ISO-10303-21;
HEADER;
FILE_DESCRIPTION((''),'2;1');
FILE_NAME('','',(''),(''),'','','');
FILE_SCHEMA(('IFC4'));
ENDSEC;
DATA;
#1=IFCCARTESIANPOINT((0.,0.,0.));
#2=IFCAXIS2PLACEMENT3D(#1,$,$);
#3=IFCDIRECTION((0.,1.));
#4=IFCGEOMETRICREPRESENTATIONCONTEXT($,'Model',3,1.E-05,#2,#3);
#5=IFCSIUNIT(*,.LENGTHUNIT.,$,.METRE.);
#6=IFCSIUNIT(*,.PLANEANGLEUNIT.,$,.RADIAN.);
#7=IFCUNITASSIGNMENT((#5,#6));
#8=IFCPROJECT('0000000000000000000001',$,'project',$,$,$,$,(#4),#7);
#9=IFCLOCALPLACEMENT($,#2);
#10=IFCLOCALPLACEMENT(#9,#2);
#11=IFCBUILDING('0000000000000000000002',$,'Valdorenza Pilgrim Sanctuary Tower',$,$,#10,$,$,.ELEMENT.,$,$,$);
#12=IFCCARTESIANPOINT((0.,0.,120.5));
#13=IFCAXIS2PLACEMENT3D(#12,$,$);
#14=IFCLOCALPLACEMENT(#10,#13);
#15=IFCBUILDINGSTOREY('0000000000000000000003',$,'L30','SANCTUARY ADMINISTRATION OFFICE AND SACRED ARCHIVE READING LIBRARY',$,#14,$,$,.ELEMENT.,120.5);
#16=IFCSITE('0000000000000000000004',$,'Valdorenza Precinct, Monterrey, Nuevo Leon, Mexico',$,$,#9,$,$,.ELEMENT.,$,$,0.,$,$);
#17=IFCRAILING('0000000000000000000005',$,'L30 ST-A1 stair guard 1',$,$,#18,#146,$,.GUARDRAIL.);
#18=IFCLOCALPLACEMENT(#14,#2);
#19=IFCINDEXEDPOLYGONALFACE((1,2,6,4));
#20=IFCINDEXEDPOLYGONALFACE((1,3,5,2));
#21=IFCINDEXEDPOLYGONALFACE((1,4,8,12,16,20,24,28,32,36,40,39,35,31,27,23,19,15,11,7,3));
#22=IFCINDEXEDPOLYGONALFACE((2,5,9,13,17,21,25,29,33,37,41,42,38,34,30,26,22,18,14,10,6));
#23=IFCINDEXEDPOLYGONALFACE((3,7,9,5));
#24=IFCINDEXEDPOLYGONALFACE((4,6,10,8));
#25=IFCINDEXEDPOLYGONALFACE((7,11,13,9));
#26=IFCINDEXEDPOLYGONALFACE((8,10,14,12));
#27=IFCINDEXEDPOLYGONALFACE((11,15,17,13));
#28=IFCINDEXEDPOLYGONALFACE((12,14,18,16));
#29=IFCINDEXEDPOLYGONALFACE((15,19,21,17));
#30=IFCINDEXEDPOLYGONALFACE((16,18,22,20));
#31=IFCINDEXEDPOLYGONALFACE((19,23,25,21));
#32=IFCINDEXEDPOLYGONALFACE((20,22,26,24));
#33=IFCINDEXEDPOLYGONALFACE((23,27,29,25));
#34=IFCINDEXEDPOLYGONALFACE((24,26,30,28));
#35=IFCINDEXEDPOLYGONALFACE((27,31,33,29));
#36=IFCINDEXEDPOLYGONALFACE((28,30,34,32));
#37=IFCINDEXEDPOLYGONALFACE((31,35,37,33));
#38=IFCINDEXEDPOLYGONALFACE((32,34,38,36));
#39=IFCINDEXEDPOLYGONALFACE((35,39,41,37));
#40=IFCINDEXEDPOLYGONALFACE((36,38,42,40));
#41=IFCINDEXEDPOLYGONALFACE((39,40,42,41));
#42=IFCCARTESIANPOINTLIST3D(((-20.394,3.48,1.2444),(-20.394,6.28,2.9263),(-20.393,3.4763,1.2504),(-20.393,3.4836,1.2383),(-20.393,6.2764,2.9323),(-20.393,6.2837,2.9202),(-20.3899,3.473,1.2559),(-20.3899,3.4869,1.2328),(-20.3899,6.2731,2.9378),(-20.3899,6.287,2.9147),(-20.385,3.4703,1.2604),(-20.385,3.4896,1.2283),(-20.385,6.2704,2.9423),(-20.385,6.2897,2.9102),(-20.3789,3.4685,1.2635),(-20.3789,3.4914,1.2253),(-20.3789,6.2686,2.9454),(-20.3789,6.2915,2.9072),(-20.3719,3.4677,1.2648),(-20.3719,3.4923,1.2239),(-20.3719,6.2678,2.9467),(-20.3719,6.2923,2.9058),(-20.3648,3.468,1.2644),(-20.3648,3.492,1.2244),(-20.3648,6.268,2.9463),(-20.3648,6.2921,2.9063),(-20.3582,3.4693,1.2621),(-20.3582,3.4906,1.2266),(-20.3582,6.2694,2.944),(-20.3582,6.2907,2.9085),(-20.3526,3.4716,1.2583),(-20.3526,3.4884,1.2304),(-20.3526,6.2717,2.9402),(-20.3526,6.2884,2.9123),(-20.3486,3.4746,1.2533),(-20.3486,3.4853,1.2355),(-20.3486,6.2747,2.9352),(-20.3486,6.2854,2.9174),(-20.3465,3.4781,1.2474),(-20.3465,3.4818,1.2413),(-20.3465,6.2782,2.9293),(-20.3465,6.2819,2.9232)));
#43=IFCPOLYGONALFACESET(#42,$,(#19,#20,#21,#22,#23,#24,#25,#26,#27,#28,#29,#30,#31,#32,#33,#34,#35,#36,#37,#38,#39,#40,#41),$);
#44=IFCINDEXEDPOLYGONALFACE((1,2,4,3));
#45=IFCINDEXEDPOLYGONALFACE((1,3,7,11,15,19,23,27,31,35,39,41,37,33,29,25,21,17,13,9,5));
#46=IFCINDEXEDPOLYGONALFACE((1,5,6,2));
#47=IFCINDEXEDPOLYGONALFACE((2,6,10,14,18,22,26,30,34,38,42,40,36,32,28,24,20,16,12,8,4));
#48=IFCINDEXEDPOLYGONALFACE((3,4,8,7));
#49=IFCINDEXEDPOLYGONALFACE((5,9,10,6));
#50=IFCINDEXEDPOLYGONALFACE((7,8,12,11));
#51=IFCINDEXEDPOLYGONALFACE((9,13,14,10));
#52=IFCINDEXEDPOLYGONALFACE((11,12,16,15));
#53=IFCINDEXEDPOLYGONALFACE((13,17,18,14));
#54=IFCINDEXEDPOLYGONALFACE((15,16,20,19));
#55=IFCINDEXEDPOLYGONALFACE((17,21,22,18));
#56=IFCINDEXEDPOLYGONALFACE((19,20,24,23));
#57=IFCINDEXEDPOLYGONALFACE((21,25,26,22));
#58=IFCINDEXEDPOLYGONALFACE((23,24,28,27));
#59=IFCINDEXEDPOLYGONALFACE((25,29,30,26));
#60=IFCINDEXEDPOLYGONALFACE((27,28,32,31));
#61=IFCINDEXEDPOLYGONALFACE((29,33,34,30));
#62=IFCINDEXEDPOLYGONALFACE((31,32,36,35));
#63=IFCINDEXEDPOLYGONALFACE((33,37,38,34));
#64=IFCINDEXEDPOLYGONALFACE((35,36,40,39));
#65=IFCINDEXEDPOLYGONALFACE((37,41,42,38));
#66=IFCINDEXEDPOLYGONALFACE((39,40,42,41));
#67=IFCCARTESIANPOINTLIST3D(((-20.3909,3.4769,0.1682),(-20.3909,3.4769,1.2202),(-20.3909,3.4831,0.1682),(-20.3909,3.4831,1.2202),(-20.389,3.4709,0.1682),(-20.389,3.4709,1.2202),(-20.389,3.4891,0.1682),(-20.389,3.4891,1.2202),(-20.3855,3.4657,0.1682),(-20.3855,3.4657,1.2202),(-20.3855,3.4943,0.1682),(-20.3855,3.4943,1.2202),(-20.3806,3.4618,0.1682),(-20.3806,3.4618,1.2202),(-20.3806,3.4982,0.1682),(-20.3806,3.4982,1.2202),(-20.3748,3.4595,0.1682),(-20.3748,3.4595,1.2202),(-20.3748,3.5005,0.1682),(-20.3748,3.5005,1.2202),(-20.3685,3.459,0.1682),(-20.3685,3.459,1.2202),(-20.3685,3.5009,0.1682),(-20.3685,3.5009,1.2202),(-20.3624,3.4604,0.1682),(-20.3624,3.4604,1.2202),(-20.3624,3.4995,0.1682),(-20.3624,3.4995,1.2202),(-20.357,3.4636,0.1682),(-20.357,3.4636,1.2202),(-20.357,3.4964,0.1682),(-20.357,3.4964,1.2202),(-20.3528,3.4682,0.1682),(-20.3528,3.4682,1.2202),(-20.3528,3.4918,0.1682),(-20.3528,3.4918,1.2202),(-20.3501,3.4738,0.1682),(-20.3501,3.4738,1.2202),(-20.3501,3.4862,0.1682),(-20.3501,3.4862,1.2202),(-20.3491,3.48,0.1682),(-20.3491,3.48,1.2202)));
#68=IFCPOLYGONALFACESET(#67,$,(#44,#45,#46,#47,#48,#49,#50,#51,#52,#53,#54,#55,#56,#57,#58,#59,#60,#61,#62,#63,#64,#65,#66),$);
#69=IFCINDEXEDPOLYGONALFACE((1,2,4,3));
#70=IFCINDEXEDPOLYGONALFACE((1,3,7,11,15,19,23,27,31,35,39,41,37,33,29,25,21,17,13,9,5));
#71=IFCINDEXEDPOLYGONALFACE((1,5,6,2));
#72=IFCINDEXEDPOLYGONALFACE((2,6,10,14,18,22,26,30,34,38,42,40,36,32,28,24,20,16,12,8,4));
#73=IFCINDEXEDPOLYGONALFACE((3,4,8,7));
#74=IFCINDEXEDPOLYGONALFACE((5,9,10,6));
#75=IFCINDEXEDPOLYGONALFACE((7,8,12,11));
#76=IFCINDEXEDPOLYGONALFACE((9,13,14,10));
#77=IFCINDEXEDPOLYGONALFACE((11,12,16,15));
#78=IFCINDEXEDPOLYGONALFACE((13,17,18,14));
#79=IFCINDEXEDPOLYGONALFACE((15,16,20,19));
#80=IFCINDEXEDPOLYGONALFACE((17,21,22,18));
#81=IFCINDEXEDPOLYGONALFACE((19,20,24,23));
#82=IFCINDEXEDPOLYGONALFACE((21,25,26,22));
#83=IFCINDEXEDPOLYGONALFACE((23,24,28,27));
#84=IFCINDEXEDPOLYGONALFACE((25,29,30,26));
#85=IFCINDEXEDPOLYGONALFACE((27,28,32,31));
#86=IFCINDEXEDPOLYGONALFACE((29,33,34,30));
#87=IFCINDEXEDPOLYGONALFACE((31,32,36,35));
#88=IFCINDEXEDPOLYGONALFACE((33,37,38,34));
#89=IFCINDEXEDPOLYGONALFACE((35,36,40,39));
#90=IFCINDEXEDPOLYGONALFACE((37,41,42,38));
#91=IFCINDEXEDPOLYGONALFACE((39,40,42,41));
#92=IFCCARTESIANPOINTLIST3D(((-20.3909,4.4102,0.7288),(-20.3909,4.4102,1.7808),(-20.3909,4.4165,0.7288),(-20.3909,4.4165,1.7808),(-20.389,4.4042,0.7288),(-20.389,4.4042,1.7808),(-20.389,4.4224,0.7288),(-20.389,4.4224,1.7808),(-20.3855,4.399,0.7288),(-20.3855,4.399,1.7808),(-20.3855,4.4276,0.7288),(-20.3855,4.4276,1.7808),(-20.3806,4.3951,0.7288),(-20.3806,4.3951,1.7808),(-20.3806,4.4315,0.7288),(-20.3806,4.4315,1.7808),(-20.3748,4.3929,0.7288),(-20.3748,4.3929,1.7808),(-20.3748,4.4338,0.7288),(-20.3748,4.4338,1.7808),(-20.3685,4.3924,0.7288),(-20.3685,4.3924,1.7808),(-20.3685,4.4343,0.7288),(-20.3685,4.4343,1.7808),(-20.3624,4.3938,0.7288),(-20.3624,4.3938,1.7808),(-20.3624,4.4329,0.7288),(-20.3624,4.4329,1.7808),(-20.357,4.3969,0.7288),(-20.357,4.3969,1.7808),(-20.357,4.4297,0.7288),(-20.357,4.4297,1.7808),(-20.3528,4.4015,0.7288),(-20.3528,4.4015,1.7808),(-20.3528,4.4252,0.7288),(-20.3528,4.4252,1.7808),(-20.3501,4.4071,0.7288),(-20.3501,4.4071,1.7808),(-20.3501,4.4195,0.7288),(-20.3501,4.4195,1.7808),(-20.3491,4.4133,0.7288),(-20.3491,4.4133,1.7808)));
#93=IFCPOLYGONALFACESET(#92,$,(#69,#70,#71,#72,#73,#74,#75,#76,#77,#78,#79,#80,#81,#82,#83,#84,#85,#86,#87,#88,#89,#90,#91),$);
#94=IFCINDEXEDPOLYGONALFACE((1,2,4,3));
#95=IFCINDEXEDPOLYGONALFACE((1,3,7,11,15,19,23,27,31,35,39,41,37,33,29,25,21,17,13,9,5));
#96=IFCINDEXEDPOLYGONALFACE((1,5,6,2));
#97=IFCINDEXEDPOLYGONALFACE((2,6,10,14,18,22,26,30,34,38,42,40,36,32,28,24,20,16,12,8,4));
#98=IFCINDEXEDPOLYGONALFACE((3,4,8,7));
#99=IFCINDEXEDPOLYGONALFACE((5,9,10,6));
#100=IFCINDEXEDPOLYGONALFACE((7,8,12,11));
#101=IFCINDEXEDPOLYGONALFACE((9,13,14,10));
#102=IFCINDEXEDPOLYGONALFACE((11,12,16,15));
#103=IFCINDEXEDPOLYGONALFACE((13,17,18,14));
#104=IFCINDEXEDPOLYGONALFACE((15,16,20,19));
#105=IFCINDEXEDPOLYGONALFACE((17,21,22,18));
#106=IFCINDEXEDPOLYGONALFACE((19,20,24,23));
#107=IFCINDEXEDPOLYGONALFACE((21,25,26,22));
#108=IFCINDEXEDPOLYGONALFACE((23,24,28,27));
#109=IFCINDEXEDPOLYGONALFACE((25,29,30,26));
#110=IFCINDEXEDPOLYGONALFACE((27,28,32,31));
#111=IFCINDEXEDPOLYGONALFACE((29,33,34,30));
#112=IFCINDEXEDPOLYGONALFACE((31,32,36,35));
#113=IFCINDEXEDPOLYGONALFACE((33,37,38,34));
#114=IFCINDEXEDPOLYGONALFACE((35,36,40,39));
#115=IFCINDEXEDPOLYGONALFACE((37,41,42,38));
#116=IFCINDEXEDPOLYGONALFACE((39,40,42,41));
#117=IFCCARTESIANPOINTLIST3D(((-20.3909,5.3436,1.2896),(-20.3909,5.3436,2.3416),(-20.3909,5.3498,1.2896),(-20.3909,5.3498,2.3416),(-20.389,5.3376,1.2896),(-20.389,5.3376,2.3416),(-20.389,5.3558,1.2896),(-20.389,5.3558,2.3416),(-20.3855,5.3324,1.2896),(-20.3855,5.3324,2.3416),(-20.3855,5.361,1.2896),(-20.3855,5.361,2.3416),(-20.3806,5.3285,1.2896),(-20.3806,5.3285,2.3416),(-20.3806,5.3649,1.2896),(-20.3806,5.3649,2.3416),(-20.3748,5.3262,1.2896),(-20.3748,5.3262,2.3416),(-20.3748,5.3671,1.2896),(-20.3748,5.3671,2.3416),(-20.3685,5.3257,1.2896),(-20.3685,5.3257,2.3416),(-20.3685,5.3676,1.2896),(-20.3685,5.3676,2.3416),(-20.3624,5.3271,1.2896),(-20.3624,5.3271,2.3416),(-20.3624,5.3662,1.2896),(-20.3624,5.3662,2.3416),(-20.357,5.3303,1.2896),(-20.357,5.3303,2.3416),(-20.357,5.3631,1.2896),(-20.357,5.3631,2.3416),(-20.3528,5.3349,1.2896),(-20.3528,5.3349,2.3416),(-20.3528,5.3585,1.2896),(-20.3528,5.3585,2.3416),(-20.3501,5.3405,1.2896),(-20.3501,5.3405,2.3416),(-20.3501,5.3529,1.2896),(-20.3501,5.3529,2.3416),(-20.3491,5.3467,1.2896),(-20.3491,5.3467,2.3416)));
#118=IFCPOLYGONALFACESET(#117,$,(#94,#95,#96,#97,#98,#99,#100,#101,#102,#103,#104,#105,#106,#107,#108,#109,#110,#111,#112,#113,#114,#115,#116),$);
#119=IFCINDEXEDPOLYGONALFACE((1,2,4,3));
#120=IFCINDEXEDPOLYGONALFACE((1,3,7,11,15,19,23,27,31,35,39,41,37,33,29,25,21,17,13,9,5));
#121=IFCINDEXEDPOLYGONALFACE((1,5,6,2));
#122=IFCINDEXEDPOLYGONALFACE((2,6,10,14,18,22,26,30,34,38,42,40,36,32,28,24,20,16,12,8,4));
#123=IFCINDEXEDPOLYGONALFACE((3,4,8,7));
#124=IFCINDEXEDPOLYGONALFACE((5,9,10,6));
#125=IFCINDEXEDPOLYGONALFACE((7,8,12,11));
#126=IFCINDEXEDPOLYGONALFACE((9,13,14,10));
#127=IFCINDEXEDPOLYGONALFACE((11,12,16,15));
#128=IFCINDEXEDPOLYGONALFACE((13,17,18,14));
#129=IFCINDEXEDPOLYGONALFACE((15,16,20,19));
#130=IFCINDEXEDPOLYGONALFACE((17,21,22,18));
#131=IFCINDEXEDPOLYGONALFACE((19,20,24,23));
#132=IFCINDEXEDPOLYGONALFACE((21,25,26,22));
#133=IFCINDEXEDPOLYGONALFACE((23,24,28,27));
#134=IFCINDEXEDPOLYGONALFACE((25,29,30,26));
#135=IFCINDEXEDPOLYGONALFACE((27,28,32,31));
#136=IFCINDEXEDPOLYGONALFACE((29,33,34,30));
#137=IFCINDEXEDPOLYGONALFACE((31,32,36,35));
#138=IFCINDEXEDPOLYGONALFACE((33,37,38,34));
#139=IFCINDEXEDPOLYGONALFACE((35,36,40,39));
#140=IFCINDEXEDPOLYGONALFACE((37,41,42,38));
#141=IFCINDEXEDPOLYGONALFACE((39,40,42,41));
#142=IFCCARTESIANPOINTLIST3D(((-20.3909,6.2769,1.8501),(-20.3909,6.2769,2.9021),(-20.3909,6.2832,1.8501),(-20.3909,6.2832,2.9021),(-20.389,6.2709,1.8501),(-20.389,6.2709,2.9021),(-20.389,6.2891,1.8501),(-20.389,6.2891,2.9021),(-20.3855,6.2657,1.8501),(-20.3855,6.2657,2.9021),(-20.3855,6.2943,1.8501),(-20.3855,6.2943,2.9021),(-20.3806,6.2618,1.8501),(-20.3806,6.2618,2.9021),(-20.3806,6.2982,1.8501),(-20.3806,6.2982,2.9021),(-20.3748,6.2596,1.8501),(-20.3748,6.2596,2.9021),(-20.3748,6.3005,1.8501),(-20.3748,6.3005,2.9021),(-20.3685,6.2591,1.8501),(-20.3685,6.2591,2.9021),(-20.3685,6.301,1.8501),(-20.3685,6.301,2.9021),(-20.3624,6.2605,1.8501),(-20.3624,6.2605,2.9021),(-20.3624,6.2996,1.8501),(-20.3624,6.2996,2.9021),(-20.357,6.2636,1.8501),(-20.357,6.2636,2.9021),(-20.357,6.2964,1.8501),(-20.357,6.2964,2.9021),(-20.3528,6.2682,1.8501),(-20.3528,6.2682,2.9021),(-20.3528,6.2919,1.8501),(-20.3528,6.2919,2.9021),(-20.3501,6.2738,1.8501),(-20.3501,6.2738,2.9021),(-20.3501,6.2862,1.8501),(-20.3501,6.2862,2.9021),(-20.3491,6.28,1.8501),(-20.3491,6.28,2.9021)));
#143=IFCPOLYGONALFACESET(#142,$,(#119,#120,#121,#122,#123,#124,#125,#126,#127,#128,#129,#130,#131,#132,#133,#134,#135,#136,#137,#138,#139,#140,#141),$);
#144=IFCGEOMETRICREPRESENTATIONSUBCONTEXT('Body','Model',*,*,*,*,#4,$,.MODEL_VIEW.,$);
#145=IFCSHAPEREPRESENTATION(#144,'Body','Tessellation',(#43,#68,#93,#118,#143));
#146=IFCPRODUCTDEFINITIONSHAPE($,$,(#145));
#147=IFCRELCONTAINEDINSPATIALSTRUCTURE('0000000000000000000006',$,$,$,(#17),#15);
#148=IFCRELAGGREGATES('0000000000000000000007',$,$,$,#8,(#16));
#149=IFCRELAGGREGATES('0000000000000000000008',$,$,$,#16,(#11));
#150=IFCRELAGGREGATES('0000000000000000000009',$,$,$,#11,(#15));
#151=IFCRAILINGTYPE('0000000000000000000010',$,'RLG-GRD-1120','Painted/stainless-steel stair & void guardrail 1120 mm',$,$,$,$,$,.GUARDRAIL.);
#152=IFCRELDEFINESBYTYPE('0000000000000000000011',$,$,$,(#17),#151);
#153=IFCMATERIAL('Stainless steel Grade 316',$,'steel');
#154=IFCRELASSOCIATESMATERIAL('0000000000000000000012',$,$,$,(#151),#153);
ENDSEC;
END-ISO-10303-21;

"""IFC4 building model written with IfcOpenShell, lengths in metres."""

from ifc_helpers import new_model, si_unit, direction, frame, origin, origin_2d, place, context, subcontext, project, spatial, circle, extrude, material, type_object, element, save


model = new_model("IFC4")

# Units and contexts
model_context = context("Model", 3, precision=1e-05, world=origin(), true_north=direction((0.0, 1.0)))
body_context = subcontext(model_context, "Body", "Model", "MODEL_VIEW")
ifc_project = project(units=[si_unit("LENGTHUNIT", "METRE"), si_unit("PLANEANGLEUNIT", "RADIAN")], contexts=[model_context])

# Site, building, storey
site_placement = place(None, origin())
site = spatial("IfcSite", under=ifc_project, at=site_placement, Name="Valdorenza Precinct, Monterrey, Nuevo Leon, Mexico", CompositionType="ELEMENT", RefElevation=0.0)
building_placement = place(site_placement, origin())
building = spatial("IfcBuilding", under=site, at=building_placement, Name="Valdorenza Pilgrim Sanctuary Tower", CompositionType="ELEMENT")
storey_placement = place(building_placement, frame((0.0, 0.0, 120.5)))
storey = spatial("IfcBuildingStorey", under=building, at=storey_placement, Name="L30", Description="SANCTUARY ADMINISTRATION OFFICE AND SACRED ARCHIVE READING LIBRARY", CompositionType="ELEMENT", Elevation=120.5)

# Railing
ifc_material_1 = material(Name="Stainless steel Grade 316", Category="steel")
railing_type_1 = type_object("IfcRailingType", Name="RLG-GRD-1120", Description="Painted/stainless-steel stair & void guardrail 1120 mm", PredefinedType="GUARDRAIL", material=ifc_material_1)
railing_1_placement = place(storey_placement, frame((-20.3701, 3.48, 0.1682)))
element("IfcRailing", 1, at=railing_1_placement, inside=storey, type_object=railing_type_1, Name="L30 ST-A1 stair guard 1", PredefinedType="GUARDRAIL", context=body_context, shape_type="SweptSolid", body=[
    extrude(circle(Radius=0.0239, at=origin_2d()), frame((0.0, 0.0, 1.0762), z_axis=(0.0, 0.857242, 0.514913), x_axis=(-1.0, 0.0, 0.0)), (0.0, 0.0, 1.0), 3.2664),
    extrude(circle(Radius=0.021, at=origin_2d()), origin(), (0.0, 0.0, 1.0), 1.052),
    extrude(circle(Radius=0.021, at=origin_2d()), frame((0.0, 0.9333, 0.5605)), (0.0, 0.0, 1.0), 1.052),
    extrude(circle(Radius=0.021, at=origin_2d()), frame((0.0, 1.8667, 1.1213)), (0.0, 0.0, 1.0), 1.052),
    extrude(circle(Radius=0.021, at=origin_2d()), frame((0.0, 2.8, 1.6819)), (0.0, 0.0, 1.0), 1.052),
])

save(model, "model.ifc")
